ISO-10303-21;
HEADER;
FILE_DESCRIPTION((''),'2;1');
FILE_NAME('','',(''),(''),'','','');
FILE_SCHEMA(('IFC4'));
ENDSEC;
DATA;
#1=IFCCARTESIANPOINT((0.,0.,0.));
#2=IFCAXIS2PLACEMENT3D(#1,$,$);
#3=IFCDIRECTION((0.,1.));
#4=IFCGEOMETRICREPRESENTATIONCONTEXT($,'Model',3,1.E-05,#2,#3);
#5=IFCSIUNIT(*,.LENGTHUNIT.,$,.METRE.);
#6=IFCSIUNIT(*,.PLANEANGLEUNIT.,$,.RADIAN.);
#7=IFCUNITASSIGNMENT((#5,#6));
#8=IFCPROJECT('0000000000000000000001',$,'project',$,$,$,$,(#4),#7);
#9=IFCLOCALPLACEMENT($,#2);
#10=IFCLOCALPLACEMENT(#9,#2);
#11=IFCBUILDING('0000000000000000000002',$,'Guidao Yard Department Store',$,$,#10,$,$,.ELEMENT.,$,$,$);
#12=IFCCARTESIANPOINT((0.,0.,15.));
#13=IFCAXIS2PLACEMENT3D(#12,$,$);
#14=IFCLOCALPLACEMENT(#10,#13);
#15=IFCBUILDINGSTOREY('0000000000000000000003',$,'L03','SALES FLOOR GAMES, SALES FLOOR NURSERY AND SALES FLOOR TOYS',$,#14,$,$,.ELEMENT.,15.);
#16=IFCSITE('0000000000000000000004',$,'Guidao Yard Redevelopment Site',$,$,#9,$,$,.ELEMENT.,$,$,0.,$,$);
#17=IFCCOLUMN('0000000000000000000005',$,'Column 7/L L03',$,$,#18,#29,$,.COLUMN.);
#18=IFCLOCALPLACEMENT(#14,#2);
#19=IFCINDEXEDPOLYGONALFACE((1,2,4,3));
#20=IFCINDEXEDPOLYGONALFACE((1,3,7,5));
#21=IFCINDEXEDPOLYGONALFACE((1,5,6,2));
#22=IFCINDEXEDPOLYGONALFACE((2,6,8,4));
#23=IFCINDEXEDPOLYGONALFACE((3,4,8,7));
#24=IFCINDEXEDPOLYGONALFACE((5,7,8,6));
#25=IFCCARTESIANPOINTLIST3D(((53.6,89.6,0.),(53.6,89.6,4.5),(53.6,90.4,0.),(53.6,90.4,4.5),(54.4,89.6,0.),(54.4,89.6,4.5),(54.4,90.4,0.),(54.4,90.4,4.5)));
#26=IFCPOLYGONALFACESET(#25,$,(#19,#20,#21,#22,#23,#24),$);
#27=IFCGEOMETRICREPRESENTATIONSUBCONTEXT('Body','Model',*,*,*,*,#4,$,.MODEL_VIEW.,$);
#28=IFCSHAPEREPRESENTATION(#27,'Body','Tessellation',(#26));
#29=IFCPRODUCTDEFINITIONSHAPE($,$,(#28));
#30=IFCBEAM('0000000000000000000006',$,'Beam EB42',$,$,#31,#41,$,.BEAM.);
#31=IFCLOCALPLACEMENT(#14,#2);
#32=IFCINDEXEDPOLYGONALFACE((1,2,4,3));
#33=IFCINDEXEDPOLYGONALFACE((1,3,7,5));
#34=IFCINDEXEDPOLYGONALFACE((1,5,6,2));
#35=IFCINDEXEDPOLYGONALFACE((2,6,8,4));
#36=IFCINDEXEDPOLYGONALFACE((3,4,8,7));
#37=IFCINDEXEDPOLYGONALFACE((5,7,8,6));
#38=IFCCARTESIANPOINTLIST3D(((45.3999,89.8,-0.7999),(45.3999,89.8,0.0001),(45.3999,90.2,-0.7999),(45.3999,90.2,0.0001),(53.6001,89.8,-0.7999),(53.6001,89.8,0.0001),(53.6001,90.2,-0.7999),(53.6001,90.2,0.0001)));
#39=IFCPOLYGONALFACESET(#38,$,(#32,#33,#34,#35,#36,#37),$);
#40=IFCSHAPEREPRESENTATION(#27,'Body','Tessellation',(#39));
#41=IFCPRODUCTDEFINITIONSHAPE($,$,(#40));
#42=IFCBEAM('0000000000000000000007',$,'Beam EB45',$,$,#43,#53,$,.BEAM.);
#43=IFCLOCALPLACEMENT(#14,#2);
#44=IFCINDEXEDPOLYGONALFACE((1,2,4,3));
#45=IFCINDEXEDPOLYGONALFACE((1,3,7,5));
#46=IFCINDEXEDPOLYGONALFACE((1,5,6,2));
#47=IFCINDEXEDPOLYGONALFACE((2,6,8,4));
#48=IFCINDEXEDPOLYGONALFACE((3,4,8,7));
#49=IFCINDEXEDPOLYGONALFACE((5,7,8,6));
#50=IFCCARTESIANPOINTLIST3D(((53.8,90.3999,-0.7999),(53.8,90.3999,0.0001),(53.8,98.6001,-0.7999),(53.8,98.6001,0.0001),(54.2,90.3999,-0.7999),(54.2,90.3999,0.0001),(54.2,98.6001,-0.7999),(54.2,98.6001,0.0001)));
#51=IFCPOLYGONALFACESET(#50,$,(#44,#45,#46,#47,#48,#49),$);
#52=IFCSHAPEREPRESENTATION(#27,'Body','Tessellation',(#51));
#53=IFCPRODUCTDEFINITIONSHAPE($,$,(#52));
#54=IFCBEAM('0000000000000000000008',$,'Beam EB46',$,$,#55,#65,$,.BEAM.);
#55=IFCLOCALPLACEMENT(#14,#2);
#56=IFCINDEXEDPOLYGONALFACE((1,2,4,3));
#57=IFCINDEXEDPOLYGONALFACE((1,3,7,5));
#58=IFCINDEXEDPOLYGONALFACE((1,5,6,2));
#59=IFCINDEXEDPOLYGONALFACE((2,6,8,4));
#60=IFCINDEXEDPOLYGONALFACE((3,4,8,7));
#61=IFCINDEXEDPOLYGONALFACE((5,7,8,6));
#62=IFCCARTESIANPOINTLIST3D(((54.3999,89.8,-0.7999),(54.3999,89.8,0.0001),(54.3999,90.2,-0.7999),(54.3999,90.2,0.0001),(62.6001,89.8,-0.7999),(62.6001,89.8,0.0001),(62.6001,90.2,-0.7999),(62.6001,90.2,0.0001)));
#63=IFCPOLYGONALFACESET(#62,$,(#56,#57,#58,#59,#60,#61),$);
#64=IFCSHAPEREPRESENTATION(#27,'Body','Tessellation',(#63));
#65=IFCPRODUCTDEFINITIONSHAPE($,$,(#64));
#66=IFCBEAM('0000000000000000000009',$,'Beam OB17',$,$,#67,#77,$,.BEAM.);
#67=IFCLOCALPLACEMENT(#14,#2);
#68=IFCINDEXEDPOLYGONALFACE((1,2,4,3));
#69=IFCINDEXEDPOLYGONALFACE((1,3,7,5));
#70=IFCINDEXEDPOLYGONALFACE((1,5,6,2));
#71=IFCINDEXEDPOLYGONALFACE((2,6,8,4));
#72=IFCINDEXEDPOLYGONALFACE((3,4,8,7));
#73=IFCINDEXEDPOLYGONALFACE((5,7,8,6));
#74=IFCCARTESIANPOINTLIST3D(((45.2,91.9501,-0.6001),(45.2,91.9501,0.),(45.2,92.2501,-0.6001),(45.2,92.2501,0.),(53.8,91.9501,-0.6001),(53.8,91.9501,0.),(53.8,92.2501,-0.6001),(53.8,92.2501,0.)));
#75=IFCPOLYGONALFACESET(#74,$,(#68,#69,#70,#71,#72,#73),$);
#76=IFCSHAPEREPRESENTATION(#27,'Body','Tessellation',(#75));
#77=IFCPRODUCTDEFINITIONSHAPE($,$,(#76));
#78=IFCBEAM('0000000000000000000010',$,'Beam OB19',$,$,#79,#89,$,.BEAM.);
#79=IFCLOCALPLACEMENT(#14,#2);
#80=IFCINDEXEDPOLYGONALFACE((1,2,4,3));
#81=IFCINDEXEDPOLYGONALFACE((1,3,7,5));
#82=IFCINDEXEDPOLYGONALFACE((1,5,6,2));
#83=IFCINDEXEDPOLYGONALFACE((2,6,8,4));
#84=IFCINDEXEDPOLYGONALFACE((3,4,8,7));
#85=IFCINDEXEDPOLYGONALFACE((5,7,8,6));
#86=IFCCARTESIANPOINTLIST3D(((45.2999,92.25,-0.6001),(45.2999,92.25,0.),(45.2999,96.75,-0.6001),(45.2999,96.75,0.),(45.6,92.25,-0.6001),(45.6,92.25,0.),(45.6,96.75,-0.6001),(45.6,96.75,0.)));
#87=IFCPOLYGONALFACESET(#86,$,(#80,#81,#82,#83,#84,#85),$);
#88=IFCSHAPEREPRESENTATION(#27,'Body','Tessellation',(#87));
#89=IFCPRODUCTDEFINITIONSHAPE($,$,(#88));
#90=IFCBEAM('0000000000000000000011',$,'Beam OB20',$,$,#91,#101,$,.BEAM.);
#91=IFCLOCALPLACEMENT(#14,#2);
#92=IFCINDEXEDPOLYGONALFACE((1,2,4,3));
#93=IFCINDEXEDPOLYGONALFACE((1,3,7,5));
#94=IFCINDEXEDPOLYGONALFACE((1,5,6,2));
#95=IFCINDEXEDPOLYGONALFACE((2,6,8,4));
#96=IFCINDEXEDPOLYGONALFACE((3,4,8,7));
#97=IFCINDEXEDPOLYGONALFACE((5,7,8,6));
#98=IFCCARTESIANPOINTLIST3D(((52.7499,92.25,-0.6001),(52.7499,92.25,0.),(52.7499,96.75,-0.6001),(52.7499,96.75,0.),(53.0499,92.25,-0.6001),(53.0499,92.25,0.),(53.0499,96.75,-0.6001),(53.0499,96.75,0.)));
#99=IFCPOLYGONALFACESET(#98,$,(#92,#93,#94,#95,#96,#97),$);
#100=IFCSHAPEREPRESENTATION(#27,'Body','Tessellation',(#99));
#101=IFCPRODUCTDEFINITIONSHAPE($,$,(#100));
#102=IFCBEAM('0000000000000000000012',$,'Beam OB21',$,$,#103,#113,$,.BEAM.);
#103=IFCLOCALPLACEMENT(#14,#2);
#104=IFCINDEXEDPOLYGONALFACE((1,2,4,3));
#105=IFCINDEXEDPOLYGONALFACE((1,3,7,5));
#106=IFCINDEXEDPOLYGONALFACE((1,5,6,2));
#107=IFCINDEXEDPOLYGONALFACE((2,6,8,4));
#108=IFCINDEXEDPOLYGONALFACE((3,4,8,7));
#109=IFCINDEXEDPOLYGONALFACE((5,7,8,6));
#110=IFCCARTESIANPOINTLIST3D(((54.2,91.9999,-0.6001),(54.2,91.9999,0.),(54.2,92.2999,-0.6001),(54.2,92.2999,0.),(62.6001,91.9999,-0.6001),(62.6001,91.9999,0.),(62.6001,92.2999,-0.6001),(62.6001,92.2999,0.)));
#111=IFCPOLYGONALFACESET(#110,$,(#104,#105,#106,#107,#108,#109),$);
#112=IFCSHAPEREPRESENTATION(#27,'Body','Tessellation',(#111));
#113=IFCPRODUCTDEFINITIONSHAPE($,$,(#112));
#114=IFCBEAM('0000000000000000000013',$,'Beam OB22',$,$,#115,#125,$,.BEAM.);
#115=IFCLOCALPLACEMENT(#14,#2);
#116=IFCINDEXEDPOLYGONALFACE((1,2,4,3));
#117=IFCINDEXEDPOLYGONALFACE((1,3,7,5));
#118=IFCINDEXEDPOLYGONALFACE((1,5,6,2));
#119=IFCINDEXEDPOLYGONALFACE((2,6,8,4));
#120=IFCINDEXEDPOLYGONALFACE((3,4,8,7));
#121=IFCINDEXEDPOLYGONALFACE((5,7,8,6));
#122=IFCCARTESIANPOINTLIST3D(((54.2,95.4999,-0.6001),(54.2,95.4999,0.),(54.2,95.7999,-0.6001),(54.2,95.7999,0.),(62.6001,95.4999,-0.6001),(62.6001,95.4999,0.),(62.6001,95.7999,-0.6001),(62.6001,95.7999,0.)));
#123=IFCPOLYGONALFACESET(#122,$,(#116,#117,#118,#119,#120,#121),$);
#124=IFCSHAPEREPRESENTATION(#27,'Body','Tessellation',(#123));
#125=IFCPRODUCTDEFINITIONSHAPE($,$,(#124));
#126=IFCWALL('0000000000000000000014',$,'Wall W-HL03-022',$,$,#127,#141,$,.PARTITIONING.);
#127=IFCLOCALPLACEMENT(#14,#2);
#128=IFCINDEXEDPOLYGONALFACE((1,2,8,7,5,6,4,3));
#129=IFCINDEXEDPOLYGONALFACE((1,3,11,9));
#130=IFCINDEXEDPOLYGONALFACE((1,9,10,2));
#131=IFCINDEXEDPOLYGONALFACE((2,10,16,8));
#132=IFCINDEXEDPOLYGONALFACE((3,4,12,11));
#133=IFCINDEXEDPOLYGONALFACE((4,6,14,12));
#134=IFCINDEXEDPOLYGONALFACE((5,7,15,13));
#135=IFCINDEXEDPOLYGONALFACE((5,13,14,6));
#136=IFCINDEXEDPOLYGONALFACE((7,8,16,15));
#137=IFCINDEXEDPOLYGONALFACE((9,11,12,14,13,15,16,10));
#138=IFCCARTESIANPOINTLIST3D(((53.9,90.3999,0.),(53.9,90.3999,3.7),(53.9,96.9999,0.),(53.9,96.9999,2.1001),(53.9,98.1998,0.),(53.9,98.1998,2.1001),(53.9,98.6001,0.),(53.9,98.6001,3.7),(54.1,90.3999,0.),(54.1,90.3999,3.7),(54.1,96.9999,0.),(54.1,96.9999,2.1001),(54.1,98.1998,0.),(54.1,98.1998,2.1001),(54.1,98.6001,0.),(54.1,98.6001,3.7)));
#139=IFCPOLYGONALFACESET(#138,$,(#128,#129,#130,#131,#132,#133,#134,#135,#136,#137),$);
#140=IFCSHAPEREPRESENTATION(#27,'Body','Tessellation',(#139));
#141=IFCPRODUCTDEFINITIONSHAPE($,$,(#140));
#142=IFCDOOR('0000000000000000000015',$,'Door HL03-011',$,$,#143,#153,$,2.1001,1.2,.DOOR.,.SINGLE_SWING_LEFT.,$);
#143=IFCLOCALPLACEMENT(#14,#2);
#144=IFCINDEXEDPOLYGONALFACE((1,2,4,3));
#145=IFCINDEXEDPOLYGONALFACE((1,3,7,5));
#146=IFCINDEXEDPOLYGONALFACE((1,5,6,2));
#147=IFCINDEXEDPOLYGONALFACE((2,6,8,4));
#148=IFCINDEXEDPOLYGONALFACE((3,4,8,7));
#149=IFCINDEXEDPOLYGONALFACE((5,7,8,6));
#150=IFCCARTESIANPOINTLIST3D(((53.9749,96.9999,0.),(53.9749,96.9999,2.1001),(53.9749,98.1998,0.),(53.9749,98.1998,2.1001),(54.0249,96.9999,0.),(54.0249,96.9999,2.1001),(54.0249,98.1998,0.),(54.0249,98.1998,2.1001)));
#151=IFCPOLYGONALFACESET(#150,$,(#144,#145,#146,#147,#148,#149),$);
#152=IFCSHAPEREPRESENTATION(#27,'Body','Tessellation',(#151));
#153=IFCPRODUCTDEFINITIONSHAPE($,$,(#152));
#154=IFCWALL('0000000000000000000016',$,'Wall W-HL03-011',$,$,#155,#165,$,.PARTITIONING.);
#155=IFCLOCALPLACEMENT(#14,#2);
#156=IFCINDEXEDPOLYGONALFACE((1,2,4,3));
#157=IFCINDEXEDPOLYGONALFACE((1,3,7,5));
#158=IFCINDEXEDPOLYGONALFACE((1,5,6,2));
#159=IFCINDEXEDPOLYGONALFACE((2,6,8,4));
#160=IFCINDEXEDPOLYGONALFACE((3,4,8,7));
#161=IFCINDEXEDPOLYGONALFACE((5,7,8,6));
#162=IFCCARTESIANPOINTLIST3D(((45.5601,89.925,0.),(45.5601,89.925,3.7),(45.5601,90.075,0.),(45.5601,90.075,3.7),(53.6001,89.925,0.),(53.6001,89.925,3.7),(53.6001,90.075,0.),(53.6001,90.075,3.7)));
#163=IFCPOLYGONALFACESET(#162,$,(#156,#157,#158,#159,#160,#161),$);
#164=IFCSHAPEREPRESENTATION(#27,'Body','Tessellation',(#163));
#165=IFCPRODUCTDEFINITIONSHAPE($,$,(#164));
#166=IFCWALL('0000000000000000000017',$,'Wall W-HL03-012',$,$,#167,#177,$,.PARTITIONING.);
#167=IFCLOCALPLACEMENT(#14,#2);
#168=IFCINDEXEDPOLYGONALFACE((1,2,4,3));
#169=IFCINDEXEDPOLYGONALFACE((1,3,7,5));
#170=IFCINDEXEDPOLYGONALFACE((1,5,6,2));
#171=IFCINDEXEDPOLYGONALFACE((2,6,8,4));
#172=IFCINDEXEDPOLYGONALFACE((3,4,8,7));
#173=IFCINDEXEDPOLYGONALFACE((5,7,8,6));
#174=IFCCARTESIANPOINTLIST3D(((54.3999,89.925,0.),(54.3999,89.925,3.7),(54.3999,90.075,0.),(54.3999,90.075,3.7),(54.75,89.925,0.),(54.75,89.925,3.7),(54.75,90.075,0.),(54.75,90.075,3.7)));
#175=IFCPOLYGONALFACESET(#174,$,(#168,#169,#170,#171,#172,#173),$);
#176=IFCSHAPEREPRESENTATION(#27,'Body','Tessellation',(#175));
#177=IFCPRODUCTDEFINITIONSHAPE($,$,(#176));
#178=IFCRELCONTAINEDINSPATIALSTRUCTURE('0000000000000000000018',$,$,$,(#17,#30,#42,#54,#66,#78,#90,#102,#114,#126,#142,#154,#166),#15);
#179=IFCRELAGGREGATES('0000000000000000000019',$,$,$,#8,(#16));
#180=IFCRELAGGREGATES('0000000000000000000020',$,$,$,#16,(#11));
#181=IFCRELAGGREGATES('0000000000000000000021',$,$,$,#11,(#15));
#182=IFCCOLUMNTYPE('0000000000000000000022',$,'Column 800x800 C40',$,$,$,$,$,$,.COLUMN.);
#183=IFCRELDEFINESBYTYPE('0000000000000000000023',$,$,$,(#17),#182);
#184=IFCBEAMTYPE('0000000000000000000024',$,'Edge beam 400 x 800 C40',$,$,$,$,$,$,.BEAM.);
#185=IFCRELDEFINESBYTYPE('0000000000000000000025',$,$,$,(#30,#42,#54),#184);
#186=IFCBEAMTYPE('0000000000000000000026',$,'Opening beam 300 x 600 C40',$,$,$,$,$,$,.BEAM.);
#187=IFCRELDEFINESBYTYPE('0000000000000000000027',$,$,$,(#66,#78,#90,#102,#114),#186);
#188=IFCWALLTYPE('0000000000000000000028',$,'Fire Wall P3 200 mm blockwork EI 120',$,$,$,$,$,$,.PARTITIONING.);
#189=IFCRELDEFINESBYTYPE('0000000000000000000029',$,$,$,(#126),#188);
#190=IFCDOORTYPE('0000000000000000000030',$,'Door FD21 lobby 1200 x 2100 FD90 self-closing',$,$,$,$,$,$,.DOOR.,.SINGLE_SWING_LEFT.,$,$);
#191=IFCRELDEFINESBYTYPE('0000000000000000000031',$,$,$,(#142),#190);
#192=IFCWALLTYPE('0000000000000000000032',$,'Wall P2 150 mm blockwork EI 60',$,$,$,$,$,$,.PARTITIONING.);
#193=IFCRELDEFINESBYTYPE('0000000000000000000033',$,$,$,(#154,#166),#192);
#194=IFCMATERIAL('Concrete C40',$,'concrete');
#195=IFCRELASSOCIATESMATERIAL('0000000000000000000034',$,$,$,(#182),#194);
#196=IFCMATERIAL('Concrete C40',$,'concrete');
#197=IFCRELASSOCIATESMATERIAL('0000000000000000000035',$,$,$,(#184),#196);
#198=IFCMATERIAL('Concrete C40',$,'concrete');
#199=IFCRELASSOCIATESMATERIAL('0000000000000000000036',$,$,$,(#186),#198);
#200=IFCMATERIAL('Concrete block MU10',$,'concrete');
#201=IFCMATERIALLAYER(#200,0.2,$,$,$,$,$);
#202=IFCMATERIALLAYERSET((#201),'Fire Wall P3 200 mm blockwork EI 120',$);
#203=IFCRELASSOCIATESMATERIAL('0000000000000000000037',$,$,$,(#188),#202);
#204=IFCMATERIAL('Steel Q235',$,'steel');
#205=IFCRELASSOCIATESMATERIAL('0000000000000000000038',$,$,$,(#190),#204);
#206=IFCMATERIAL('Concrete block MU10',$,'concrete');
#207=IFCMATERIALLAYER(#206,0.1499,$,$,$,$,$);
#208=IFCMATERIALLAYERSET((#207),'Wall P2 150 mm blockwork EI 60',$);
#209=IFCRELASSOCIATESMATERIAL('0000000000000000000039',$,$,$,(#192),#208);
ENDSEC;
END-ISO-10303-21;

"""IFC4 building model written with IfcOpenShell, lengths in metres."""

from ifc_helpers import new_model, si_unit, direction, frame, frame_2d, origin, origin_2d, place, context, subcontext, project, spatial, rectangle, extrude, material, layer, layer_set, material_profile, profile_set, type_object, element, fill, save


model = new_model("IFC4")

# Units and contexts
model_context = context("Model", 3, precision=1e-05, world=origin(), true_north=direction((0.0, 1.0)))
body_context = subcontext(model_context, "Body", "Model", "MODEL_VIEW")
ifc_project = project(units=[si_unit("LENGTHUNIT", "METRE"), si_unit("PLANEANGLEUNIT", "RADIAN")], contexts=[model_context])

# Site, building, storey
site_placement = place(None, origin())
site = spatial("IfcSite", under=ifc_project, at=site_placement, Name="Guidao Yard Redevelopment Site", CompositionType="ELEMENT", RefElevation=0.0)
building_placement = place(site_placement, origin())
building = spatial("IfcBuilding", under=site, at=building_placement, Name="Guidao Yard Department Store", CompositionType="ELEMENT")
storey_placement = place(building_placement, frame((0.0, 0.0, 15.0)))
storey = spatial("IfcBuildingStorey", under=building, at=storey_placement, Name="L03", Description="SALES FLOOR GAMES, SALES FLOOR NURSERY AND SALES FLOOR TOYS", CompositionType="ELEMENT", Elevation=15.0)

# Column
ifc_material_1 = material(Name="Concrete C40", Category="concrete")
ifc_material_profile_1 = material_profile(ifc_material_1, rectangle(XDim=0.8, YDim=0.8, at=origin_2d()), Name="COL 800x800")
ifc_profile_set_1 = profile_set([ifc_material_profile_1], Name="Concrete C40")
column_type = type_object("IfcColumnType", Name="Column 800x800 C40", PredefinedType="COLUMN", material=ifc_profile_set_1)
column_placement = place(storey_placement, frame((54.0, 90.0, 0.0), z_axis=(0.0, 0.0, 1.0), x_axis=(1.0, 0.0, 0.0)))
element("IfcColumn", 1, at=column_placement, inside=storey, type_object=column_type, Name="Column 7/L L03", PredefinedType="COLUMN", context=body_context, shape_type="SweptSolid", body=[
    extrude(rectangle(XDim=0.8, YDim=0.8, at=origin_2d()), origin(), (0.0, 0.0, 1.0), 4.5),
])

# Beams
ifc_material_2 = material(Name="Concrete C40", Category="concrete")
ifc_material_profile_2 = material_profile(ifc_material_2, rectangle(XDim=0.3999, YDim=0.8, at=origin_2d()), Name="Edge beam 400 x 800 C40")
ifc_profile_set_2 = profile_set([ifc_material_profile_2], Name="Concrete C40")
beam_type_1 = type_object("IfcBeamType", Name="Edge beam 400 x 800 C40", PredefinedType="BEAM", material=ifc_profile_set_2)
for number, where, z_axis, x_axis, name in (
    (2, (45.3999, 90.0, -0.3999), (1.0, 0.0, 0.0), (0.0, 1.0, 0.0), "Beam EB42"),
    (3, (54.0, 90.3999, -0.3999), (0.0, 1.0, 0.0), (-1.0, 0.0, 0.0), "Beam EB45"),
    (4, (54.3999, 90.0, -0.3999), (1.0, 0.0, 0.0), (0.0, 1.0, 0.0), "Beam EB46"),
):
    element("IfcBeam", number, at=place(storey_placement, frame(where, z_axis=z_axis, x_axis=x_axis)), inside=storey, type_object=beam_type_1, Name=name, PredefinedType="BEAM", context=body_context, shape_type="SweptSolid", body=[
        extrude(rectangle(XDim=0.3999, YDim=0.8, at=origin_2d()), origin(), (0.0, 0.0, 1.0), 8.2002),
    ])
ifc_material_3 = material(Name="Concrete C40", Category="concrete")
ifc_material_profile_3 = material_profile(ifc_material_3, rectangle(XDim=0.3, YDim=0.6001, at=origin_2d()), Name="Opening beam 300 x 600 C40")
ifc_profile_set_3 = profile_set([ifc_material_profile_3], Name="Concrete C40")
beam_type_2 = type_object("IfcBeamType", Name="Opening beam 300 x 600 C40", PredefinedType="BEAM", material=ifc_profile_set_3)
beam_placement = place(storey_placement, frame((45.2, 92.1001, -0.3), z_axis=(1.0, 0.0, 0.0), x_axis=(0.0, 1.0, 0.0)))
element("IfcBeam", 5, at=beam_placement, inside=storey, type_object=beam_type_2, Name="Beam OB17", PredefinedType="BEAM", context=body_context, shape_type="SweptSolid", body=[
    extrude(rectangle(XDim=0.3, YDim=0.6001, at=origin_2d()), origin(), (0.0, 0.0, 1.0), 8.6001),
])
for number, where, z_axis, x_axis, name in (
    (6, (45.45, 92.25, -0.3), (0.0, 1.0, 0.0), (-1.0, 0.0, 0.0), "Beam OB19"),
    (7, (52.8999, 92.25, -0.3), (0.0, 1.0, 0.0), (-1.0, 0.0, 0.0), "Beam OB20"),
):
    element("IfcBeam", number, at=place(storey_placement, frame(where, z_axis=z_axis, x_axis=x_axis)), inside=storey, type_object=beam_type_2, Name=name, PredefinedType="BEAM", context=body_context, shape_type="SweptSolid", body=[
        extrude(rectangle(XDim=0.3, YDim=0.6001, at=origin_2d()), origin(), (0.0, 0.0, 1.0), 4.5),
    ])
for number, where, z_axis, x_axis, name in (
    (8, (54.2, 92.1499, -0.3), (1.0, 0.0, 0.0), (0.0, 1.0, 0.0), "Beam OB21"),
    (9, (54.2, 95.6499, -0.3), (1.0, 0.0, 0.0), (0.0, 1.0, 0.0), "Beam OB22"),
):
    element("IfcBeam", number, at=place(storey_placement, frame(where, z_axis=z_axis, x_axis=x_axis)), inside=storey, type_object=beam_type_2, Name=name, PredefinedType="BEAM", context=body_context, shape_type="SweptSolid", body=[
        extrude(rectangle(XDim=0.3, YDim=0.6001, at=origin_2d()), origin(), (0.0, 0.0, 1.0), 8.4001),
    ])

# Wall, opening, door
ifc_material_4 = material(Name="Concrete block MU10", Category="concrete")
ifc_layer_1 = layer(ifc_material_4, 0.2)
ifc_layer_set_1 = layer_set([ifc_layer_1], Name="Fire Wall P3 200 mm blockwork EI 120")
wall_type_1 = type_object("IfcWallType", Name="Fire Wall P3 200 mm blockwork EI 120", PredefinedType="PARTITIONING", material=ifc_layer_set_1)
wall_1_placement = place(storey_placement, frame((54.0, 90.3999, 0.0), z_axis=(0.0, 0.0, 1.0), x_axis=(0.0, 1.0, 0.0)))
wall_1 = element("IfcWall", 10, at=wall_1_placement, inside=storey, type_object=wall_type_1, Name="Wall W-HL03-022", PredefinedType="PARTITIONING", context=body_context, shape_type="SweptSolid", body=[
    extrude(rectangle(XDim=8.2002, YDim=0.2, at=frame_2d((4.1001, 0.0))), origin(), (0.0, 0.0, 1.0), 3.7),
])
opening_1_placement = place(wall_1_placement, frame((7.8, 0.0, 0.0), z_axis=(0.0, 0.0, 1.0), x_axis=(-1.0, 0.0, 0.0)))
opening_1 = element("IfcOpeningElement", 11, at=opening_1_placement, cuts=wall_1, PredefinedType="OPENING", context=body_context, shape_type="SweptSolid", body=[
    extrude(rectangle(XDim=1.2, YDim=2.1001, at=frame_2d((0.6001, 1.05))), frame((0.0, 0.1099, 0.0), z_axis=(0.0, -1.0, 0.0), x_axis=(1.0, 0.0, 0.0)), (0.0, 0.0, 1.0), 0.22),
])
ifc_material_5 = material(Name="Steel Q235", Category="steel")
door_type_1 = type_object("IfcDoorType", Name="Door FD21 lobby 1200 x 2100 FD90 self-closing", OperationType="SINGLE_SWING_LEFT", PredefinedType="DOOR", material=ifc_material_5)
door_1_placement = place(opening_1_placement, origin())
door_1 = element("IfcDoor", 12, at=door_1_placement, inside=storey, type_object=door_type_1, Name="Door HL03-011", OperationType="SINGLE_SWING_LEFT", OverallHeight=2.1001, OverallWidth=1.2, PredefinedType="DOOR", context=body_context, shape_type="SweptSolid", body=[
    extrude(rectangle(XDim=1.2, YDim=2.1001, at=frame_2d((0.6001, 1.05))), frame((0.0, 0.0249, 0.0), z_axis=(0.0, -1.0, 0.0), x_axis=(1.0, 0.0, 0.0)), (0.0, 0.0, 1.0), 0.05),
])
fill(opening_1, door_1)

# Walls
ifc_material_6 = material(Name="Concrete block MU10", Category="concrete")
ifc_layer_2 = layer(ifc_material_6, 0.1499)
ifc_layer_set_2 = layer_set([ifc_layer_2], Name="Wall P2 150 mm blockwork EI 60")
wall_type_2 = type_object("IfcWallType", Name="Wall P2 150 mm blockwork EI 60", PredefinedType="PARTITIONING", material=ifc_layer_set_2)
wall_2_placement = place(storey_placement, frame((45.5601, 90.0, 0.0), z_axis=(0.0, 0.0, 1.0), x_axis=(1.0, 0.0, 0.0)))
element("IfcWall", 13, at=wall_2_placement, inside=storey, type_object=wall_type_2, Name="Wall W-HL03-011", PredefinedType="PARTITIONING", context=body_context, shape_type="SweptSolid", body=[
    extrude(rectangle(XDim=8.04, YDim=0.1499, at=frame_2d((4.02, 0.0))), origin(), (0.0, 0.0, 1.0), 3.7),
])
wall_3_placement = place(storey_placement, frame((54.3999, 90.0, 0.0), z_axis=(0.0, 0.0, 1.0), x_axis=(1.0, 0.0, 0.0)))
element("IfcWall", 14, at=wall_3_placement, inside=storey, type_object=wall_type_2, Name="Wall W-HL03-012", PredefinedType="PARTITIONING", context=body_context, shape_type="SweptSolid", body=[
    extrude(rectangle(XDim=0.3501, YDim=0.1499, at=frame_2d((0.175, 0.0))), origin(), (0.0, 0.0, 1.0), 3.7),
])

save(model, "model.ifc")
